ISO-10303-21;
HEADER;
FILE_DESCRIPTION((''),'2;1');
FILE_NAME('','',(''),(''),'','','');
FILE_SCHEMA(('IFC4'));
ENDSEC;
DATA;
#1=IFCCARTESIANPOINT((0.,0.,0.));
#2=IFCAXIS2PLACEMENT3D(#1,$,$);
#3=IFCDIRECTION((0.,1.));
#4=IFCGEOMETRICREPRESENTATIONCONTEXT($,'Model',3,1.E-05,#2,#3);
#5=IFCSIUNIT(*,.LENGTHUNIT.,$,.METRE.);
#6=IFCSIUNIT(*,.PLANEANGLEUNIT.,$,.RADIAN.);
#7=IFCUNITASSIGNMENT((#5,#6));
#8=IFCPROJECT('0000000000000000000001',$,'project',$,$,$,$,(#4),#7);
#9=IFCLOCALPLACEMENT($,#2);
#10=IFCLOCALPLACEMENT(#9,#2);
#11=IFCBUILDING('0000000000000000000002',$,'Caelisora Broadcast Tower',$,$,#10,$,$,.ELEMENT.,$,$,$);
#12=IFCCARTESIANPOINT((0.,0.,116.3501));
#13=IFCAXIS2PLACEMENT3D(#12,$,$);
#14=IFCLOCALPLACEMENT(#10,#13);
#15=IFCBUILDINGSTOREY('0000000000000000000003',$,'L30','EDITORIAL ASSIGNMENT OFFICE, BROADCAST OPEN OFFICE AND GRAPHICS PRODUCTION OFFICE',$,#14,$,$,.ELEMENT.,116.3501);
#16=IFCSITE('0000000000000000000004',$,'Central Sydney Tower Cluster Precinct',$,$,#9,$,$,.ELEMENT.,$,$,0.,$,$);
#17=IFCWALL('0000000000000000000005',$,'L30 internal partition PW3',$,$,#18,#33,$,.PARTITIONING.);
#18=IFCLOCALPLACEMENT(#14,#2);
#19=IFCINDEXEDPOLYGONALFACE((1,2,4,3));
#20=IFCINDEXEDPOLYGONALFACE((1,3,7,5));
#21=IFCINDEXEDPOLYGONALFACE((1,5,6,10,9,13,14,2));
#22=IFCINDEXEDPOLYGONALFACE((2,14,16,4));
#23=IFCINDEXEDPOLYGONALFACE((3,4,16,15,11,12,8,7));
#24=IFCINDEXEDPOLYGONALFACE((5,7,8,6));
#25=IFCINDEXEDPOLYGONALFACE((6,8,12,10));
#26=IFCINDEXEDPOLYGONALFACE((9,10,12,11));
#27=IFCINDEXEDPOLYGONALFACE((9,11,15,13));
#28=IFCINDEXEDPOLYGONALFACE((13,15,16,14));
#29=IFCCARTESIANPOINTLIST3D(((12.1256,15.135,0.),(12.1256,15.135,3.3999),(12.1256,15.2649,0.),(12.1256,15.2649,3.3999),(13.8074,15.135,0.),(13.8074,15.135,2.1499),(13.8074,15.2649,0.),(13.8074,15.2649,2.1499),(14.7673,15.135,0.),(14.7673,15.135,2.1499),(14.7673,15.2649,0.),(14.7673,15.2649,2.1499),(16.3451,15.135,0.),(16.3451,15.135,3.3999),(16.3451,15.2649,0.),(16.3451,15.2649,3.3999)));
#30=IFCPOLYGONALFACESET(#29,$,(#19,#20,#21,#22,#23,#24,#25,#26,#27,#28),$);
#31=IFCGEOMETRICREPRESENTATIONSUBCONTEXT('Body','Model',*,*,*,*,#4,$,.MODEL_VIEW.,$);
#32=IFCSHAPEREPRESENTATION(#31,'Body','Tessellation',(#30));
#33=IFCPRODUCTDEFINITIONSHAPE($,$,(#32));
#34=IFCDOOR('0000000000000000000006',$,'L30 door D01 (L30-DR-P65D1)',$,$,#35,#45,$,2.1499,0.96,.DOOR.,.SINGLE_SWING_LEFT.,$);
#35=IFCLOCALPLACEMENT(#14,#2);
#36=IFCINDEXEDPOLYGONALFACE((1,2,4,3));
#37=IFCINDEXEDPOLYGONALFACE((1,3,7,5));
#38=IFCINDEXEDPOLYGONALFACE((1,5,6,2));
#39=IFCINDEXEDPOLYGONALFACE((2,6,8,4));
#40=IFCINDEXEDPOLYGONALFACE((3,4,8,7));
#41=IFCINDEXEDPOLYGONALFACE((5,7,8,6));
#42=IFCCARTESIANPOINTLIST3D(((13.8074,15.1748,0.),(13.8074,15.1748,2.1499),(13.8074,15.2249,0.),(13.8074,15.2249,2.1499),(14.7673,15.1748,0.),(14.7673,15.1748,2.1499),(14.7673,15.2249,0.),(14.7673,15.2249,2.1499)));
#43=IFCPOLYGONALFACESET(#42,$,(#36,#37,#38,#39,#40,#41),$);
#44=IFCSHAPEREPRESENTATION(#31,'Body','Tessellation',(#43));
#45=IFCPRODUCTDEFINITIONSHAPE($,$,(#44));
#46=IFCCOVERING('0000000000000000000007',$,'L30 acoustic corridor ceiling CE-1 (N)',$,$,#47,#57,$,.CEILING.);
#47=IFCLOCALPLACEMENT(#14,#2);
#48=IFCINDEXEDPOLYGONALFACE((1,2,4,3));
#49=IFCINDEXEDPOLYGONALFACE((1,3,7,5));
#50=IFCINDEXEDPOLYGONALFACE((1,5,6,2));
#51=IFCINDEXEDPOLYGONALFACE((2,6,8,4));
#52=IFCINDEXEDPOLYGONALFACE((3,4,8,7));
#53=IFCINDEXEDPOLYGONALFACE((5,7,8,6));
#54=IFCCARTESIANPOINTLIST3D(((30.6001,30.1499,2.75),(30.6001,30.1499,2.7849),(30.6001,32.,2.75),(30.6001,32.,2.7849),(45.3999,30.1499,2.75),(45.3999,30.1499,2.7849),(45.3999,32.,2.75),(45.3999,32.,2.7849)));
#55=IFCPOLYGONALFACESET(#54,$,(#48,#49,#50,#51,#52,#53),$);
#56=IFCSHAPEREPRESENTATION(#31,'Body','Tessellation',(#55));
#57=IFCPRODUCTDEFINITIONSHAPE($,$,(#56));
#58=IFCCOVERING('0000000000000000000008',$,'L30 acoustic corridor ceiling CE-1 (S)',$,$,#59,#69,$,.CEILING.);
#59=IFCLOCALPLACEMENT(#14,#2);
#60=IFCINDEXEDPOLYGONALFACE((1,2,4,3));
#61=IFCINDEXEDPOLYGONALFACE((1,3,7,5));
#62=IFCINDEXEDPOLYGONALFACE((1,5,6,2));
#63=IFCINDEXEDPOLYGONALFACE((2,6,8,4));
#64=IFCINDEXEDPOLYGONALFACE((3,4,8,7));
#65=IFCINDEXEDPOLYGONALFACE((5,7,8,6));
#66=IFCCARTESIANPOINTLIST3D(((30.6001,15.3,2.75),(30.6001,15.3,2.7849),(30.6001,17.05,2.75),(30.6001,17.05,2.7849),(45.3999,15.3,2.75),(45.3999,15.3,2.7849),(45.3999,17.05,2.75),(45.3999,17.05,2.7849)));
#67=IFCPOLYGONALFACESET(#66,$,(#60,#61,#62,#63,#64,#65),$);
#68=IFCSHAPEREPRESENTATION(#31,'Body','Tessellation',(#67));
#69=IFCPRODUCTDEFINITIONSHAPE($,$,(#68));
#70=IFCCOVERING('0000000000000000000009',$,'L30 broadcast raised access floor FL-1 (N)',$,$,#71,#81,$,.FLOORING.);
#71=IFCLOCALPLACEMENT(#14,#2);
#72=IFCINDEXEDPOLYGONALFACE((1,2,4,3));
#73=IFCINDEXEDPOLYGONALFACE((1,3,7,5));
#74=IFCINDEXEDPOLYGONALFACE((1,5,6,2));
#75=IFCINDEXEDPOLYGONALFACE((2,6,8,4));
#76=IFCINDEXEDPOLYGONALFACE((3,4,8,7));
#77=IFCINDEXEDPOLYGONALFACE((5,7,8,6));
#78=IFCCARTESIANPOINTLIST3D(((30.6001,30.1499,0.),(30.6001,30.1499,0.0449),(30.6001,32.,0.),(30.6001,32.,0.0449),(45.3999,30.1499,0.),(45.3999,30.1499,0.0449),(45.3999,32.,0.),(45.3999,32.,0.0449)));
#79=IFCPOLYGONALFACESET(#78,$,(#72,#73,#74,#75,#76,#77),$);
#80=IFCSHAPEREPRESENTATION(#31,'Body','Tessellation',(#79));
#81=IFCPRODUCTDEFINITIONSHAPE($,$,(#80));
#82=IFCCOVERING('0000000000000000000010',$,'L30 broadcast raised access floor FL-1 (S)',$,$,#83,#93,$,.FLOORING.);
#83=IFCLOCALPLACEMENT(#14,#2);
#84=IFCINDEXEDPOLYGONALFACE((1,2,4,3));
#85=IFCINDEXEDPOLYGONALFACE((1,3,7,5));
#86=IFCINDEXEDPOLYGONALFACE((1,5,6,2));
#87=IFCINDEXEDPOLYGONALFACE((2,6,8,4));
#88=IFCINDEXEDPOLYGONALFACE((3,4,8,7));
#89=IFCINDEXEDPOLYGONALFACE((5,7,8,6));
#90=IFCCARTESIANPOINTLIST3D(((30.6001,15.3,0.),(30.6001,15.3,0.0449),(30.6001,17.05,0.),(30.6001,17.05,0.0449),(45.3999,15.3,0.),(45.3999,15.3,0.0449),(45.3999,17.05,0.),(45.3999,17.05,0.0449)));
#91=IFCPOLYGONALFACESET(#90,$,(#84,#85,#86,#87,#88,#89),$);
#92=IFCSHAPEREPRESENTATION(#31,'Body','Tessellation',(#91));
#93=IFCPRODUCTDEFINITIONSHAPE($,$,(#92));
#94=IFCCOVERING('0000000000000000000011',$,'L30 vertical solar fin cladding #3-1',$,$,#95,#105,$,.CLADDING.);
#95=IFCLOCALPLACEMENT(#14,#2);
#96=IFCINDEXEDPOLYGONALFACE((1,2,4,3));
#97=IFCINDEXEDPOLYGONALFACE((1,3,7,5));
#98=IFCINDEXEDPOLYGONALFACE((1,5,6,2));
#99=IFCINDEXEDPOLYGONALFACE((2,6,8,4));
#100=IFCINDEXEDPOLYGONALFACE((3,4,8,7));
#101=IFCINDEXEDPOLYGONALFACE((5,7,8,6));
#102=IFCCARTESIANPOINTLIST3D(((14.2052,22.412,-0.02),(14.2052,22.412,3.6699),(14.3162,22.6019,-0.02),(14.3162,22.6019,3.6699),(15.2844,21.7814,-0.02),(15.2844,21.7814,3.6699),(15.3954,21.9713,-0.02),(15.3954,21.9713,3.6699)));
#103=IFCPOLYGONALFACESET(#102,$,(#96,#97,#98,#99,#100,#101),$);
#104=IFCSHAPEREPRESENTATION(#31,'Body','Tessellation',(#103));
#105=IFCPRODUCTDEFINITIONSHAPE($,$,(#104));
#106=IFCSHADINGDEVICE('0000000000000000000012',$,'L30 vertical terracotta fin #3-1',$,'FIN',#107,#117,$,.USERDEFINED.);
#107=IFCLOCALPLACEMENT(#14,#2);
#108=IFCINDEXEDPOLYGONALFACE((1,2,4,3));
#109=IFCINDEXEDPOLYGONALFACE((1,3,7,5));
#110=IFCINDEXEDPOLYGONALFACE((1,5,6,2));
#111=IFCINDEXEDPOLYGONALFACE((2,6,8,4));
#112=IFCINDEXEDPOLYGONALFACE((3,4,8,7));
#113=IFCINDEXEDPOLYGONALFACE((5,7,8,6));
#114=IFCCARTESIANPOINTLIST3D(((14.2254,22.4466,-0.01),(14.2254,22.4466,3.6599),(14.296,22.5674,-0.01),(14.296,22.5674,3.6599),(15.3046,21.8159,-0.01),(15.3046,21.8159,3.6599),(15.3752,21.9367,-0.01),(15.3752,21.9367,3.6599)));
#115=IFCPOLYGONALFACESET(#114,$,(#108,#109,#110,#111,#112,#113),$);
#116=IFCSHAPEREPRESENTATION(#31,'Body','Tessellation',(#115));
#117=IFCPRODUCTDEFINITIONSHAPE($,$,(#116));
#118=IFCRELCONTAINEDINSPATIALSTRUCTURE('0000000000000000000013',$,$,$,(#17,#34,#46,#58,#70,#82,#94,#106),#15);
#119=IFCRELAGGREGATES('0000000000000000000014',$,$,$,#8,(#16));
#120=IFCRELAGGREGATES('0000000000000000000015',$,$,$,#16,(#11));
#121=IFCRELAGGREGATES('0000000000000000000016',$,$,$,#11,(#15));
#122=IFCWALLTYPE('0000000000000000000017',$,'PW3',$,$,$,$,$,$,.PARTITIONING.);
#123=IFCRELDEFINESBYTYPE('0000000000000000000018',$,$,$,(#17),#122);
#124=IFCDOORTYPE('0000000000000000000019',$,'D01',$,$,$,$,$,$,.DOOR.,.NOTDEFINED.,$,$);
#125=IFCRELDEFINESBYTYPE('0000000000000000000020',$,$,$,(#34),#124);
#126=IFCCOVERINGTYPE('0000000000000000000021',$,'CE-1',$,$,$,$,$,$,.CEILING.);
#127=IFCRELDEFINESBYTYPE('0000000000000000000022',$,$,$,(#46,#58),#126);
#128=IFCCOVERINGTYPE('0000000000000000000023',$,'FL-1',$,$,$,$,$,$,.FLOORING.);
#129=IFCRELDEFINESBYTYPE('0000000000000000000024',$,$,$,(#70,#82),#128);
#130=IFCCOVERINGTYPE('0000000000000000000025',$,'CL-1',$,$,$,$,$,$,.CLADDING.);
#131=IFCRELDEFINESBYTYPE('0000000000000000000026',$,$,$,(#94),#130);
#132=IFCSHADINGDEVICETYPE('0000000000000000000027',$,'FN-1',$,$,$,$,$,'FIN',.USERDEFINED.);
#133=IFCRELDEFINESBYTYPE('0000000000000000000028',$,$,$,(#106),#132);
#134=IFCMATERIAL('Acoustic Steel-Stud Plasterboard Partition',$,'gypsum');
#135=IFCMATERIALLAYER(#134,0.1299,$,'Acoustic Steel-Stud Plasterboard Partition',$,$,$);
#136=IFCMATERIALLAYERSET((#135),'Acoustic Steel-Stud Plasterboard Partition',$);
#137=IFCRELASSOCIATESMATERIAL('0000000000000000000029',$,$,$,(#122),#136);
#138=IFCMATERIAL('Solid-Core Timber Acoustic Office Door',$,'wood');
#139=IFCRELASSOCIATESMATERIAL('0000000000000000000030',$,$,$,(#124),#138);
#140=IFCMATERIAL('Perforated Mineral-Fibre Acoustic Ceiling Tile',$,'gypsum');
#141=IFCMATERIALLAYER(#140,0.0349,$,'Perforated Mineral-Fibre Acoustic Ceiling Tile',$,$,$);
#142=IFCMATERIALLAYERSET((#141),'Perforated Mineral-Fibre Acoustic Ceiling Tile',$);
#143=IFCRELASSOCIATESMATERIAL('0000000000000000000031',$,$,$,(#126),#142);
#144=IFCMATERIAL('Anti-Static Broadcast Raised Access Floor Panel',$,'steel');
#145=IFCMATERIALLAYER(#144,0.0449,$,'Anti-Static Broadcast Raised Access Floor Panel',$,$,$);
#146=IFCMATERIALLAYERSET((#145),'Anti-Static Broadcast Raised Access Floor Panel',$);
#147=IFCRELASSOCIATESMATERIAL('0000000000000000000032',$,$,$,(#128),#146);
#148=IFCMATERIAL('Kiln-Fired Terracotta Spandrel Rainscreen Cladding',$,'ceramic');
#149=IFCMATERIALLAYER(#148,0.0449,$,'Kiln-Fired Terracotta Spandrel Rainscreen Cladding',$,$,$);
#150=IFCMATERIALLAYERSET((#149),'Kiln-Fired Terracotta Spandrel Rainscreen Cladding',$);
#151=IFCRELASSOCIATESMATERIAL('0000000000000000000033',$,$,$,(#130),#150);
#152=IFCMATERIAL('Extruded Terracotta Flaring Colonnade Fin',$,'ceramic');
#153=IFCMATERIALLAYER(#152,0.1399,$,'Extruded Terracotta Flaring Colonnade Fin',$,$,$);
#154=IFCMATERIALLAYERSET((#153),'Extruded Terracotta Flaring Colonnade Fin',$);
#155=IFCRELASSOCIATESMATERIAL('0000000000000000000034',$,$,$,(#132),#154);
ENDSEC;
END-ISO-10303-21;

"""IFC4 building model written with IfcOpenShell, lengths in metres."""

from ifc_helpers import new_model, si_unit, direction, frame, frame_2d, origin, origin_2d, place, context, subcontext, project, spatial, polyline, rectangle, outline, extrude, source, transform, mapped, material, layer, layer_set, type_object, type_shapes, element, fill, save


model = new_model("IFC4")

# Units and contexts
model_context = context("Model", 3, precision=1e-05, world=origin(), true_north=direction((0.0, 1.0)))
body_context = subcontext(model_context, "Body", "Model", "MODEL_VIEW")
ifc_project = project(units=[si_unit("LENGTHUNIT", "METRE"), si_unit("PLANEANGLEUNIT", "RADIAN")], contexts=[model_context])

# Site, building, storey
site_placement = place(None, origin())
site = spatial("IfcSite", under=ifc_project, at=site_placement, Name="Central Sydney Tower Cluster Precinct", CompositionType="ELEMENT", RefElevation=0.0)
building_placement = place(site_placement, origin())
building = spatial("IfcBuilding", under=site, at=building_placement, Name="Caelisora Broadcast Tower", CompositionType="ELEMENT")
storey_placement = place(building_placement, frame((0.0, 0.0, 116.3501)))
storey = spatial("IfcBuildingStorey", under=building, at=storey_placement, Name="L30", Description="EDITORIAL ASSIGNMENT OFFICE, BROADCAST OPEN OFFICE AND GRAPHICS PRODUCTION OFFICE", CompositionType="ELEMENT", Elevation=116.3501)

# Shared definitions
ifc_material_1 = material(Name="Acoustic Steel-Stud Plasterboard Partition", Category="gypsum")
ifc_layer_1 = layer(ifc_material_1, 0.1299, Name="Acoustic Steel-Stud Plasterboard Partition")
ifc_layer_set_1 = layer_set([ifc_layer_1], Name="Acoustic Steel-Stud Plasterboard Partition")
wall_type_1 = type_object("IfcWallType", Name="PW3", PredefinedType="PARTITIONING", material=ifc_layer_set_1)
ifc_material_2 = material(Name="Solid-Core Timber Acoustic Office Door", Category="wood")
door_type = type_object("IfcDoorType", Name="D01", OperationType="NOTDEFINED", PredefinedType="DOOR", material=ifc_material_2)

# Wall, opening, door
wall_1_placement = place(storey_placement, frame((12.1255, 15.2, 0.0), z_axis=(0.0, 0.0, 1.0), x_axis=(1.0, 0.0, 0.0)))
wall_1 = element("IfcWall", 1, at=wall_1_placement, inside=storey, type_object=wall_type_1, Name="L30 internal partition PW3", PredefinedType="PARTITIONING", context=body_context, shape_type="SweptSolid", body=[
    extrude(rectangle(XDim=4.2195, YDim=0.1299, at=frame_2d((2.1099, 0.0))), origin(), (0.0, 0.0, 1.0), 3.3999),
])
opening_1_placement = place(wall_1_placement, frame((1.6819, 0.0, 0.0)))
opening_1 = element("IfcOpeningElement", 2, at=opening_1_placement, cuts=wall_1, PredefinedType="OPENING", context=body_context, shape_type="SweptSolid", body=[
    extrude(rectangle(XDim=0.96, YDim=2.1499, at=frame_2d((0.48, 1.075))), frame((0.0, 0.0769, 0.0), z_axis=(0.0, -1.0, 0.0), x_axis=(1.0, 0.0, 0.0)), (0.0, 0.0, 1.0), 0.1538),
])
door_1_placement = place(opening_1_placement, origin())
door_1 = element("IfcDoor", 3, at=door_1_placement, inside=storey, type_object=door_type, Name="L30 door D01 (L30-DR-P65D1)", OperationType="SINGLE_SWING_LEFT", OverallHeight=2.1499, OverallWidth=0.96, PredefinedType="DOOR", context=body_context, shape_type="SweptSolid", body=[
    extrude(rectangle(XDim=0.96, YDim=2.1499, at=frame_2d((0.48, 1.075))), frame((0.0, 0.0249, 0.0), z_axis=(0.0, -1.0, 0.0), x_axis=(1.0, 0.0, 0.0)), (0.0, 0.0, 1.0), 0.05),
])
fill(opening_1, door_1)

# Coverings
ifc_material_3 = material(Name="Perforated Mineral-Fibre Acoustic Ceiling Tile", Category="gypsum")
ifc_layer_2 = layer(ifc_material_3, 0.0349, Name="Perforated Mineral-Fibre Acoustic Ceiling Tile")
ifc_layer_set_2 = layer_set([ifc_layer_2], Name="Perforated Mineral-Fibre Acoustic Ceiling Tile")
covering_type_1 = type_object("IfcCoveringType", Name="CE-1", PredefinedType="CEILING", material=ifc_layer_set_2)
covering_1_placement = place(storey_placement, frame((0.0, 0.0, 2.75)))
element("IfcCovering", 4, at=covering_1_placement, inside=storey, type_object=covering_type_1, Name="L30 acoustic corridor ceiling CE-1 (N)", PredefinedType="CEILING", context=body_context, shape_type="SweptSolid", body=[
    extrude(outline(polyline([(30.6001, 30.1499), (45.3999, 30.1499), (45.3999, 32.0), (30.6001, 32.0), (30.6001, 30.1499)])), origin(), (0.0, 0.0, 1.0), 0.0349),
])
covering_2_placement = place(storey_placement, frame((0.0, 0.0, 2.75)))
element("IfcCovering", 5, at=covering_2_placement, inside=storey, type_object=covering_type_1, Name="L30 acoustic corridor ceiling CE-1 (S)", PredefinedType="CEILING", context=body_context, shape_type="SweptSolid", body=[
    extrude(outline(polyline([(30.6001, 15.3), (45.3999, 15.3), (45.3999, 17.05), (30.6001, 17.05), (30.6001, 15.3)])), origin(), (0.0, 0.0, 1.0), 0.0349),
])
ifc_material_4 = material(Name="Anti-Static Broadcast Raised Access Floor Panel", Category="steel")
ifc_layer_3 = layer(ifc_material_4, 0.0449, Name="Anti-Static Broadcast Raised Access Floor Panel")
ifc_layer_set_3 = layer_set([ifc_layer_3], Name="Anti-Static Broadcast Raised Access Floor Panel")
covering_type_2 = type_object("IfcCoveringType", Name="FL-1", PredefinedType="FLOORING", material=ifc_layer_set_3)
covering_3_placement = place(storey_placement, origin())
element("IfcCovering", 6, at=covering_3_placement, inside=storey, type_object=covering_type_2, Name="L30 broadcast raised access floor FL-1 (N)", PredefinedType="FLOORING", context=body_context, shape_type="SweptSolid", body=[
    extrude(outline(polyline([(30.6001, 30.1499), (45.3999, 30.1499), (45.3999, 32.0), (30.6001, 32.0), (30.6001, 30.1499)])), origin(), (0.0, 0.0, 1.0), 0.0449),
])
covering_4_placement = place(storey_placement, origin())
element("IfcCovering", 7, at=covering_4_placement, inside=storey, type_object=covering_type_2, Name="L30 broadcast raised access floor FL-1 (S)", PredefinedType="FLOORING", context=body_context, shape_type="SweptSolid", body=[
    extrude(outline(polyline([(30.6001, 15.3), (45.3999, 15.3), (45.3999, 17.05), (30.6001, 17.05), (30.6001, 15.3)])), origin(), (0.0, 0.0, 1.0), 0.0449),
])
ifc_material_5 = material(Name="Kiln-Fired Terracotta Spandrel Rainscreen Cladding", Category="ceramic")
ifc_layer_4 = layer(ifc_material_5, 0.0449, Name="Kiln-Fired Terracotta Spandrel Rainscreen Cladding")
ifc_layer_set_4 = layer_set([ifc_layer_4], Name="Kiln-Fired Terracotta Spandrel Rainscreen Cladding")
covering_type_3 = type_object("IfcCoveringType", Name="CL-1", PredefinedType="CLADDING", material=ifc_layer_set_4)
shared_shape_1 = source(origin(), body_context, "Body", "SweptSolid", [
    extrude(rectangle(XDim=0.22, YDim=1.25, at=origin_2d()), origin(), (0.0, 0.0, 1.0), 3.6899),
])
type_shapes(covering_type_3, [shared_shape_1])
covering_5_placement = place(storey_placement, frame((14.8003, 22.1917, -0.02), z_axis=(0.0, 0.0, 1.0), x_axis=(0.504528, 0.863396, 0.0)))
element("IfcCovering", 8, at=covering_5_placement, inside=storey, type_object=covering_type_3, Name="L30 vertical solar fin cladding #3-1", PredefinedType="CLADDING", context=body_context, shape_type="MappedRepresentation", body=[
    mapped(shared_shape_1, transform((0.0, 0.0, 0.0), scale=1.0)),
])

# Shading device
ifc_material_6 = material(Name="Extruded Terracotta Flaring Colonnade Fin", Category="ceramic")
ifc_layer_5 = layer(ifc_material_6, 0.1399, Name="Extruded Terracotta Flaring Colonnade Fin")
ifc_layer_set_5 = layer_set([ifc_layer_5], Name="Extruded Terracotta Flaring Colonnade Fin")
shading_device_type = type_object("IfcShadingDeviceType", Name="FN-1", ElementType="FIN", PredefinedType="USERDEFINED", material=ifc_layer_set_5)
shared_shape_2 = source(origin(), body_context, "Body", "SweptSolid", [
    extrude(rectangle(XDim=0.1399, YDim=1.25, at=origin_2d()), origin(), (0.0, 0.0, 1.0), 3.6699),
])
type_shapes(shading_device_type, [shared_shape_2])
shading_device_placement = place(storey_placement, frame((14.8003, 22.1917, -0.01), z_axis=(0.0, 0.0, 1.0), x_axis=(0.504528, 0.863396, 0.0)))
element("IfcShadingDevice", 9, at=shading_device_placement, inside=storey, type_object=shading_device_type, Name="L30 vertical terracotta fin #3-1", ObjectType="FIN", PredefinedType="USERDEFINED", context=body_context, shape_type="MappedRepresentation", body=[
    mapped(shared_shape_2, transform((0.0, 0.0, 0.0), scale=1.0)),
])

save(model, "model.ifc")
